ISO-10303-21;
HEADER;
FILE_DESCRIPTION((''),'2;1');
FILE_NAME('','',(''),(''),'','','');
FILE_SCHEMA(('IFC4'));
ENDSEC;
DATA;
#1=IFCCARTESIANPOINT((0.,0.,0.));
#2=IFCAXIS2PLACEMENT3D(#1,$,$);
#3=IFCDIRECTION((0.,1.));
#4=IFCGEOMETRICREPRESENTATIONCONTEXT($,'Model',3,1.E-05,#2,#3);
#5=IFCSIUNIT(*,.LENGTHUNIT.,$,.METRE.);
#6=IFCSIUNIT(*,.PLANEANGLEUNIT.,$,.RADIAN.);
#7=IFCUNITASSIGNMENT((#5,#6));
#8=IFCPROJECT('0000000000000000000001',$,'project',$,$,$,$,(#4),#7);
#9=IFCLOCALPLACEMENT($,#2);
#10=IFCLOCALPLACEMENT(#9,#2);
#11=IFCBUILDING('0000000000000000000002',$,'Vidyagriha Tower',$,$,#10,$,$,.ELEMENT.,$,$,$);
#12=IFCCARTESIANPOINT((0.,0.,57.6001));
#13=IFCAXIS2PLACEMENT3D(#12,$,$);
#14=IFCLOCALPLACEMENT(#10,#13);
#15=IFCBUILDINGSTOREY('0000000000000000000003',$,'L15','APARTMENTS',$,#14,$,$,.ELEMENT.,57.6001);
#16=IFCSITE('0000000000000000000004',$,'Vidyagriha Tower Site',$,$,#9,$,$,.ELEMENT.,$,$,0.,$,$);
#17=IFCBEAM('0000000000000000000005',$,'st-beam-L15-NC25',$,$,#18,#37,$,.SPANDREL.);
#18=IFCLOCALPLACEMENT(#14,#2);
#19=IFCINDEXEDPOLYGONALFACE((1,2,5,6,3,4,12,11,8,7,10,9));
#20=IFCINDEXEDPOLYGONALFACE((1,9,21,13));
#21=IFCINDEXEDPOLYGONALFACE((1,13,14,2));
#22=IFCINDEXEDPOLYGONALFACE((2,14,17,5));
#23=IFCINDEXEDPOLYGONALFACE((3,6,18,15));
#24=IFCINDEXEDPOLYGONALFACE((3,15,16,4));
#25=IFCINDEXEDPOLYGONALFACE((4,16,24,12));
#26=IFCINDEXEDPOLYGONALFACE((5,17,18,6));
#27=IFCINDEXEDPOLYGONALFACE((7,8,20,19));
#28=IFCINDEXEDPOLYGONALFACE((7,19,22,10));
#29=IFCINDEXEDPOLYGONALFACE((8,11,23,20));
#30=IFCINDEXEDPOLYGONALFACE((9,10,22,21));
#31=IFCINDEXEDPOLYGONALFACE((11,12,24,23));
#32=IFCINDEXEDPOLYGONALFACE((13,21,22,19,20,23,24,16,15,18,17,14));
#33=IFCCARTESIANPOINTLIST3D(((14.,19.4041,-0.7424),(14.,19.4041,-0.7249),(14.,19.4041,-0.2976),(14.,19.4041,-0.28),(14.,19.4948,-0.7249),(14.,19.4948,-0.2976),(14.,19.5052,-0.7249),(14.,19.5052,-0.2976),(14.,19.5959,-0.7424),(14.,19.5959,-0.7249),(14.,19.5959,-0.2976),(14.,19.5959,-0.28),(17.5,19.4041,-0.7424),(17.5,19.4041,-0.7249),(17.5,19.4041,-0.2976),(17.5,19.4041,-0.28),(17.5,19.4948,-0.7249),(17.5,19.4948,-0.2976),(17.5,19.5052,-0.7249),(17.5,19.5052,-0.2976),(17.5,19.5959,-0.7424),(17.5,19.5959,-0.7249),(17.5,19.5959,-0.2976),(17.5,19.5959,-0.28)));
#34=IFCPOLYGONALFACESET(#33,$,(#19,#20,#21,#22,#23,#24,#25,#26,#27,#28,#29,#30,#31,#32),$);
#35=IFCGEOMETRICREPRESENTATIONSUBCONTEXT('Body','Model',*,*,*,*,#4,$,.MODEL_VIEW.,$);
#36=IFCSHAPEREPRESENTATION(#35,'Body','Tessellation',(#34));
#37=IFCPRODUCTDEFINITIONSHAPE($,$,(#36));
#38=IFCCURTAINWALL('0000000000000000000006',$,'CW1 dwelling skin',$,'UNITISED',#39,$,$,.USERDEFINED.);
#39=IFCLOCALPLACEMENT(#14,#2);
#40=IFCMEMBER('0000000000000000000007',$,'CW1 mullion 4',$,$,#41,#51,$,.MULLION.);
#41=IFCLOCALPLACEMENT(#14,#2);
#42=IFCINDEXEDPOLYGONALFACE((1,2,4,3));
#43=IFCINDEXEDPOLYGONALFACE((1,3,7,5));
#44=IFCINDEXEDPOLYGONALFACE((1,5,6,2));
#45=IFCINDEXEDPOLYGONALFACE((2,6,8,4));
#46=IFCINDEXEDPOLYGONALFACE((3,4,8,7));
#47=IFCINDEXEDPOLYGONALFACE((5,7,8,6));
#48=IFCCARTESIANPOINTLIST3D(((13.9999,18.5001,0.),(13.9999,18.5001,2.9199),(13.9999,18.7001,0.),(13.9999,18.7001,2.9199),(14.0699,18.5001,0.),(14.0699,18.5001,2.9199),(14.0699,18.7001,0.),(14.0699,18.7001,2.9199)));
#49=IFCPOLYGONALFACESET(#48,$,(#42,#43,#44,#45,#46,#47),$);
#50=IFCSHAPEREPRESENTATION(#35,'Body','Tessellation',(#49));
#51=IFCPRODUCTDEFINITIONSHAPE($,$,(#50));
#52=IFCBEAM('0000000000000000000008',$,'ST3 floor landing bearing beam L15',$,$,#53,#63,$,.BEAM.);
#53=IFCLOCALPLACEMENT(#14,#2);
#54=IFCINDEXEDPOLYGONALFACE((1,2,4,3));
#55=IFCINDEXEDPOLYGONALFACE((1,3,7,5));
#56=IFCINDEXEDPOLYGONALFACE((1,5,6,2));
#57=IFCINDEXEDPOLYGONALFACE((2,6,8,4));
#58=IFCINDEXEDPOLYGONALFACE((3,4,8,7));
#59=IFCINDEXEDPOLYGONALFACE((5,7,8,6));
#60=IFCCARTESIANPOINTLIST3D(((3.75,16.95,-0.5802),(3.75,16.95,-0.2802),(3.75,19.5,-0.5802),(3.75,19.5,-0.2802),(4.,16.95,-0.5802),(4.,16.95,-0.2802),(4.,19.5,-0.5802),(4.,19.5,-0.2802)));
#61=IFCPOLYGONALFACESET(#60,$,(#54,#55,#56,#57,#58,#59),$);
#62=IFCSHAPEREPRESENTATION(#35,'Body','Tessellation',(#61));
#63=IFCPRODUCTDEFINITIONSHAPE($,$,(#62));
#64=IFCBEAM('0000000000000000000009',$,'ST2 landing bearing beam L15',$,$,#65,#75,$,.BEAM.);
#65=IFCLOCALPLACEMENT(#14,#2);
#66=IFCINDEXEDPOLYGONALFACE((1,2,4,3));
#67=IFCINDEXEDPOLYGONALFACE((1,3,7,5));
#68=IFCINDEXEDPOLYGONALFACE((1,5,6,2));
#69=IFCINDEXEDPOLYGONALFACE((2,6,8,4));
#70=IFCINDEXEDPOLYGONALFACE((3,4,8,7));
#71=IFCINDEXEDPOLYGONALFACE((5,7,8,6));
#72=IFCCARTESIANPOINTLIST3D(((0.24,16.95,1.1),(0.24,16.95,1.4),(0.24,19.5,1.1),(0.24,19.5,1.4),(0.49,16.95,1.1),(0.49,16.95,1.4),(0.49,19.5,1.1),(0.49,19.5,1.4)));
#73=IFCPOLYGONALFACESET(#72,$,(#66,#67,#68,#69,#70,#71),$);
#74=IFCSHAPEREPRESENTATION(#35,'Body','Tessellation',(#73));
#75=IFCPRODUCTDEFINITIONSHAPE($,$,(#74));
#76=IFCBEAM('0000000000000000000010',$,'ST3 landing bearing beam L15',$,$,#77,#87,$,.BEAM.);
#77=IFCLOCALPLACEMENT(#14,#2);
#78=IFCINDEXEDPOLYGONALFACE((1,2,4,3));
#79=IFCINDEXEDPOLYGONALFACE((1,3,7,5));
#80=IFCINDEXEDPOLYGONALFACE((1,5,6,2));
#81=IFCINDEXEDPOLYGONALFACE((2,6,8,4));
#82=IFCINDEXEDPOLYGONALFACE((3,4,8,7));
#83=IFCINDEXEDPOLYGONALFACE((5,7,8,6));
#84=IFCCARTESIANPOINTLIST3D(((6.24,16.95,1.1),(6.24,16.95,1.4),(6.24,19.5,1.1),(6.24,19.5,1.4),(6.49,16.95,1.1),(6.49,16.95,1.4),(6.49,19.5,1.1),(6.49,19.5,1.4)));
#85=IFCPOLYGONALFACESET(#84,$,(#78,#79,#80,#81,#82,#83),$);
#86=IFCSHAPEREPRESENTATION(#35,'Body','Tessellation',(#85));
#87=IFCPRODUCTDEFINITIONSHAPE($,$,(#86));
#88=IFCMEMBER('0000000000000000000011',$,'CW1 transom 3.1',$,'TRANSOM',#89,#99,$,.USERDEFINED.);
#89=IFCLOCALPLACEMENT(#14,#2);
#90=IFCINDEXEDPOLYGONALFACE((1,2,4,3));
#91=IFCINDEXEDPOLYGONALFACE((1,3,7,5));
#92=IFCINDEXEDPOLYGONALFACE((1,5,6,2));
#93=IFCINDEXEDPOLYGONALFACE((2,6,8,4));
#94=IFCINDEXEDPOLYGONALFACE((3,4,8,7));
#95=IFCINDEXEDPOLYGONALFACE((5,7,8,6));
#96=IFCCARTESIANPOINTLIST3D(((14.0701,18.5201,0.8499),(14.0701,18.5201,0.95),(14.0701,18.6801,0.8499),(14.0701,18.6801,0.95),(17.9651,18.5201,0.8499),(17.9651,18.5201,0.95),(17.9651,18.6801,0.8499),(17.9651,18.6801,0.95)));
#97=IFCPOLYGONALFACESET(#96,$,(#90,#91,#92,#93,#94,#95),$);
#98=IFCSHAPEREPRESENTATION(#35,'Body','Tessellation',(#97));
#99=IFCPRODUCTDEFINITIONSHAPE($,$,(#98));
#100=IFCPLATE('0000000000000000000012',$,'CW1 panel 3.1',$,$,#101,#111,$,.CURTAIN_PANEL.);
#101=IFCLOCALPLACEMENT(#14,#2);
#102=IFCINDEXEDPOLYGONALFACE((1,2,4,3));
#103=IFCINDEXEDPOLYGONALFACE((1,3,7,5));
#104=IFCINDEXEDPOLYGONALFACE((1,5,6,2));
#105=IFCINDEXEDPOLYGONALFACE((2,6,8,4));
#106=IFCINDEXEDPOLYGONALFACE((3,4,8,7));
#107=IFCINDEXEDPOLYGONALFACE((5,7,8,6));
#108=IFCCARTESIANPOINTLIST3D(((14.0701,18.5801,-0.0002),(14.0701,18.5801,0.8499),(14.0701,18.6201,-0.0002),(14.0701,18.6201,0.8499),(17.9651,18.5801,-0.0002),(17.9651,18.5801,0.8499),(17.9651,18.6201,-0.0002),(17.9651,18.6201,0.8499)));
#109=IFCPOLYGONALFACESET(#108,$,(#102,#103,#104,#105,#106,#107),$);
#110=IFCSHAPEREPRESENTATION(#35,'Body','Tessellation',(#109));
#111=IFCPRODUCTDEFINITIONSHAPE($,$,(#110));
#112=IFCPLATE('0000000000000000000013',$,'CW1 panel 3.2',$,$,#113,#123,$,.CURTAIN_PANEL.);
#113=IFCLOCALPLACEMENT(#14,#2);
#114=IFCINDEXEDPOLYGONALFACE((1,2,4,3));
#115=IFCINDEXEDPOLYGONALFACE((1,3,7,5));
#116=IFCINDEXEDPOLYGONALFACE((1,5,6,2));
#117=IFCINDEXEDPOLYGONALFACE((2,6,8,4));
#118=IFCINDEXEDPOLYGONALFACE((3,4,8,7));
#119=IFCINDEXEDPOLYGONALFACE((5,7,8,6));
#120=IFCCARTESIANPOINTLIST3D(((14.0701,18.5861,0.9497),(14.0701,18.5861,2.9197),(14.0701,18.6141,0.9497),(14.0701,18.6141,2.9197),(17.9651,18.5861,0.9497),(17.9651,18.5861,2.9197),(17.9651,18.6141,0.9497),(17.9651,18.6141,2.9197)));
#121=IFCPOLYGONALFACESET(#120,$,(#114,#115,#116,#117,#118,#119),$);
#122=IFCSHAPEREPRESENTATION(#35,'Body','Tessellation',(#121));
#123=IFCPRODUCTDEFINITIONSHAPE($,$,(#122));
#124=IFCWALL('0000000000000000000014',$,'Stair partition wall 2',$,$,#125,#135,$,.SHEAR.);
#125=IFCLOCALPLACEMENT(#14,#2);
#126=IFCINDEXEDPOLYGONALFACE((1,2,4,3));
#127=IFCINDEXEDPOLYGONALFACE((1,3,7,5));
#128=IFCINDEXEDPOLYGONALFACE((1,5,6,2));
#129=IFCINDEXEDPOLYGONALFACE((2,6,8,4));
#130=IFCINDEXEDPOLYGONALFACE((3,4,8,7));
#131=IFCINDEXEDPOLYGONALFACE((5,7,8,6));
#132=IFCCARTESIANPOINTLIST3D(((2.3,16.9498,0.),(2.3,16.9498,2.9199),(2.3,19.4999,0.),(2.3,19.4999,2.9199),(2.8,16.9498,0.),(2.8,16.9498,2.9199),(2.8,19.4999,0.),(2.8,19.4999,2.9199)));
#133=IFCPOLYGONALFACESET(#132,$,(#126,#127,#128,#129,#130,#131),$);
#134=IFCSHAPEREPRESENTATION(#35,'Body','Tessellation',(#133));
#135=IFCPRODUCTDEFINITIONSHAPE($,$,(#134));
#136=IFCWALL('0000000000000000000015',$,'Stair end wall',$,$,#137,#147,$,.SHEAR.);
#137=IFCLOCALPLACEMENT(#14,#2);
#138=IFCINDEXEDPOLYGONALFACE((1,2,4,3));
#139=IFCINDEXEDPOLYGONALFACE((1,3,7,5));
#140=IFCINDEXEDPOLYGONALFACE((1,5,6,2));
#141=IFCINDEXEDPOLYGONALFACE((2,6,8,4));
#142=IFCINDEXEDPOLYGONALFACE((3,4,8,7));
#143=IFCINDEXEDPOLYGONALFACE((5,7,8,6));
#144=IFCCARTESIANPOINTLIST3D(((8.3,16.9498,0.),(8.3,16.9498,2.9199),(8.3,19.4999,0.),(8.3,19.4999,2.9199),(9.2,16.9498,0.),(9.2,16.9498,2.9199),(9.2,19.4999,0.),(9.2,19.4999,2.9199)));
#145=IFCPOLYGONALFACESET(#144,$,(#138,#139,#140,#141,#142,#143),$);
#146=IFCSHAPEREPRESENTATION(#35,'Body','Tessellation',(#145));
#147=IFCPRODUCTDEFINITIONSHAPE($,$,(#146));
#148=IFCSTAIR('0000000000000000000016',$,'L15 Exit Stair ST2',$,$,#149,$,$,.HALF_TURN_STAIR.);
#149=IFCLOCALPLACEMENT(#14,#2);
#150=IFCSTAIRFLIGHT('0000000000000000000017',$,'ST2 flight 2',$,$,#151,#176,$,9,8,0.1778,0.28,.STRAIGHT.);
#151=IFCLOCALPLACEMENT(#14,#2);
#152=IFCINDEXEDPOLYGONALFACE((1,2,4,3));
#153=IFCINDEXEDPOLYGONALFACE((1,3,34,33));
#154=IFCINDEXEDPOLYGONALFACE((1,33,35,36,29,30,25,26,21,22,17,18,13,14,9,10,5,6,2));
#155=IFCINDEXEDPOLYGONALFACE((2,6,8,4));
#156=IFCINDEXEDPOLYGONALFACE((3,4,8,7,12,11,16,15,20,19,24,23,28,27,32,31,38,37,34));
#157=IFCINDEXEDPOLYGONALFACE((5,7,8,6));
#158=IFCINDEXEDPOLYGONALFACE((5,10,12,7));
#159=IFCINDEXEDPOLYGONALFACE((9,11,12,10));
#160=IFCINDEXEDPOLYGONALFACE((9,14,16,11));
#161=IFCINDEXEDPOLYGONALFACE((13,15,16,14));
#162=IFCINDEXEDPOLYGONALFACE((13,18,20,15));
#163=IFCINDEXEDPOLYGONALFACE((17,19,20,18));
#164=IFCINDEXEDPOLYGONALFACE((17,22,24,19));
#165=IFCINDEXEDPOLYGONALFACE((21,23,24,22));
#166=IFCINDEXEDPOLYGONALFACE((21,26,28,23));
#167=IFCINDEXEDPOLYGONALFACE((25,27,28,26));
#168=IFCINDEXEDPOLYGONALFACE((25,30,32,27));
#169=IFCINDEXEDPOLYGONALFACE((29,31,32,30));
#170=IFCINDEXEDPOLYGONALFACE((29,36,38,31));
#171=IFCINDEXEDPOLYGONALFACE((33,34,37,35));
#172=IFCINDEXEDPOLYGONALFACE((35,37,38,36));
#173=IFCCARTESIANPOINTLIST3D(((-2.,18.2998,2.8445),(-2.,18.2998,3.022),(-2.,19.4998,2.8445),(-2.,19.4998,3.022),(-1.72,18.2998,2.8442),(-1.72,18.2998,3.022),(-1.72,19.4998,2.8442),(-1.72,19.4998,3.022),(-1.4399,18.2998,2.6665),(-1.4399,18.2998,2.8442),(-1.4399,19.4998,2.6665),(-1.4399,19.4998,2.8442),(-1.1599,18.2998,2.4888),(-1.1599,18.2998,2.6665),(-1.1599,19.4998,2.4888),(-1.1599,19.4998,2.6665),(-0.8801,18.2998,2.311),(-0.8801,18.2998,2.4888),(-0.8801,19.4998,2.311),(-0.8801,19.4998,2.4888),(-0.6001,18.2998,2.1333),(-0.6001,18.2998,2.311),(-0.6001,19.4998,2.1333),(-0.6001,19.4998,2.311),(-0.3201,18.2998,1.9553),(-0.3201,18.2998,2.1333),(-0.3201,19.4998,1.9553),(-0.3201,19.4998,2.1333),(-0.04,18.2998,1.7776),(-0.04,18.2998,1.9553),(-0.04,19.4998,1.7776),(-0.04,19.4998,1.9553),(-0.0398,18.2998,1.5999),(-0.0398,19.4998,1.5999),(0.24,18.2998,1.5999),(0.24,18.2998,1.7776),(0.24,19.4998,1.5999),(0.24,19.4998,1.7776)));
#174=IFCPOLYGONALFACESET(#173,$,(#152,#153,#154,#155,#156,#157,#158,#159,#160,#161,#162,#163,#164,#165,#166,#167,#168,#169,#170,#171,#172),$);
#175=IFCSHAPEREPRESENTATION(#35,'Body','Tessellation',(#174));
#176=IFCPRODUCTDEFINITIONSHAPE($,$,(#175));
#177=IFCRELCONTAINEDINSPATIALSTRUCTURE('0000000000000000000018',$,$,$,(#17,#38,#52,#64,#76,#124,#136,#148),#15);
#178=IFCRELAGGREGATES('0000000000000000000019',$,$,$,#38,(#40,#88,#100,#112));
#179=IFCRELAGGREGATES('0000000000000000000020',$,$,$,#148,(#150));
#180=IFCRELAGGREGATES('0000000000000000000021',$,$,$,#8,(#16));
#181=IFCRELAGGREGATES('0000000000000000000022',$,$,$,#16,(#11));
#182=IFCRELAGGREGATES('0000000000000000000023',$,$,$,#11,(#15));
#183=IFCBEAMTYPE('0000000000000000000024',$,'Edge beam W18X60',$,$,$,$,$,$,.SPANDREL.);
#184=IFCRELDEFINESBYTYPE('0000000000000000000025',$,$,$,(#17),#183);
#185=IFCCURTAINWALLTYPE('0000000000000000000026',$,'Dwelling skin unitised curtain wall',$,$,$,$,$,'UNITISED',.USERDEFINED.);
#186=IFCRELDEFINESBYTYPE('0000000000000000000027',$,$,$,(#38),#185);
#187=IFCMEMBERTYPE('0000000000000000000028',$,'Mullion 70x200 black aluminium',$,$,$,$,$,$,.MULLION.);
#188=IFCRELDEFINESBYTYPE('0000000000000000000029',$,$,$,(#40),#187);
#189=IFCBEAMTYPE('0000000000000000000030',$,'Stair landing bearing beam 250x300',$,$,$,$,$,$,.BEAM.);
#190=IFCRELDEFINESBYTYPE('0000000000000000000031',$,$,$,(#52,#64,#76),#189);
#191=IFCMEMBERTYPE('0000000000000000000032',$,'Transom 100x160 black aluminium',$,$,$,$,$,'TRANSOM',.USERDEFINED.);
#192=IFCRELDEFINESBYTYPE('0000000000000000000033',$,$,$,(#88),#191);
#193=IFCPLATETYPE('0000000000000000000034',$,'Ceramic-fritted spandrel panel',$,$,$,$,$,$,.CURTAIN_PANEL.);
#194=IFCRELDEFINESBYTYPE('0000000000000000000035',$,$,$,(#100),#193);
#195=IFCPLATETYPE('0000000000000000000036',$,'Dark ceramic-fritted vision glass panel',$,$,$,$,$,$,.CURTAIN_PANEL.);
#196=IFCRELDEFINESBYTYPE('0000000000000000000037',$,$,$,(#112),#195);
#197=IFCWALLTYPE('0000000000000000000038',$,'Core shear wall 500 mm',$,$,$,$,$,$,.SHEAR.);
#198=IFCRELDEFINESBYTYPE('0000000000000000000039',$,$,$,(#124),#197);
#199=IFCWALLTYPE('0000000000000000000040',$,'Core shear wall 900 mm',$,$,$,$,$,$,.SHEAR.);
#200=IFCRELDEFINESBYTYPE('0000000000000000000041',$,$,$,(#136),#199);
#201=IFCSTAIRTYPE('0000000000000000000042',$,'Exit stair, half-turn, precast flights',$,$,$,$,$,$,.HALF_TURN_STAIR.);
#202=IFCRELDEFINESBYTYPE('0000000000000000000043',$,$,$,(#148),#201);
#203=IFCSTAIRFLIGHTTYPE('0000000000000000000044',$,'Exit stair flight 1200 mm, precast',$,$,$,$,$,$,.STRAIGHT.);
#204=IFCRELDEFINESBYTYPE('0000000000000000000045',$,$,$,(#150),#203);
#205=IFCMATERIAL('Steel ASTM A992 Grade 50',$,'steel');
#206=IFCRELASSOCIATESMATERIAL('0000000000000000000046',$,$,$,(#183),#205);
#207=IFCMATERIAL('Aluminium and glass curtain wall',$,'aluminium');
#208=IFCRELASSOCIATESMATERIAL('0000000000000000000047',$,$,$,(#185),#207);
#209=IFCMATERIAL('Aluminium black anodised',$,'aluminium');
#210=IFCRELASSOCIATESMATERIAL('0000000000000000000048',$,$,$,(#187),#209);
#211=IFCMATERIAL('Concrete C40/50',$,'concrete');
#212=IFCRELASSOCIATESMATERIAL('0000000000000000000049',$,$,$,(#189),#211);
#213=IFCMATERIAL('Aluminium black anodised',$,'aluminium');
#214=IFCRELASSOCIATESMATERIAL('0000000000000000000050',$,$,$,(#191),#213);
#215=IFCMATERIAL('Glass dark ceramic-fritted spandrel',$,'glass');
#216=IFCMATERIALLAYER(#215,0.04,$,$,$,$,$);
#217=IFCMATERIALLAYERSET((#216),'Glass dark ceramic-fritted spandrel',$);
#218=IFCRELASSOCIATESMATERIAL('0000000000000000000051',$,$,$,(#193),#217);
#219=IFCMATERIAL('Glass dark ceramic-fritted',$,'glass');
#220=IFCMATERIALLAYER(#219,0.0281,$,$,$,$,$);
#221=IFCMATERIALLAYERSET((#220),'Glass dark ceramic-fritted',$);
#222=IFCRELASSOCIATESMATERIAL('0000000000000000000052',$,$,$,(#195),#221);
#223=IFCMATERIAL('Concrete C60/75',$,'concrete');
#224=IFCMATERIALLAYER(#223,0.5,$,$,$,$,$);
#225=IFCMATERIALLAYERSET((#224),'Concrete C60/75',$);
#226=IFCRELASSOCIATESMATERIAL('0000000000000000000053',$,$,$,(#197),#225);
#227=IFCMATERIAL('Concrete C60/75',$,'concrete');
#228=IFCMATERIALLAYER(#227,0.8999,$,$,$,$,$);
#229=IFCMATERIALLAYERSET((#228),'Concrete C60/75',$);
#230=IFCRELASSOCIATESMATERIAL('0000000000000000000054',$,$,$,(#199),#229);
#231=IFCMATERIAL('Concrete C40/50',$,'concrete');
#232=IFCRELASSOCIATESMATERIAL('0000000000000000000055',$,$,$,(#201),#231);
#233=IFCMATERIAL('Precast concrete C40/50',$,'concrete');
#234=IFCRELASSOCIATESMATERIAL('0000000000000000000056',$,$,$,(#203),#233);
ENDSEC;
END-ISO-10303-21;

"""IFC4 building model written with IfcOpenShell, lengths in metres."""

from ifc_helpers import new_model, si_unit, direction, frame, frame_2d, origin, origin_2d, place, context, subcontext, project, spatial, polyline, rectangle, i_section, outline, extrude, material, layer, layer_set, material_profile, profile_set, type_object, element, aggregate, save


model = new_model("IFC4")

# Units and contexts
model_context = context("Model", 3, precision=1e-05, world=origin(), true_north=direction((0.0, 1.0)))
body_context = subcontext(model_context, "Body", "Model", "MODEL_VIEW")
ifc_project = project(units=[si_unit("LENGTHUNIT", "METRE"), si_unit("PLANEANGLEUNIT", "RADIAN")], contexts=[model_context])

# Site, building, storey
site_placement = place(None, origin())
site = spatial("IfcSite", under=ifc_project, at=site_placement, Name="Vidyagriha Tower Site", CompositionType="ELEMENT", RefElevation=0.0)
building_placement = place(site_placement, origin())
building = spatial("IfcBuilding", under=site, at=building_placement, Name="Vidyagriha Tower", CompositionType="ELEMENT")
storey_placement = place(building_placement, frame((0.0, 0.0, 57.6001)))
storey = spatial("IfcBuildingStorey", under=building, at=storey_placement, Name="L15", Description="APARTMENTS", CompositionType="ELEMENT", Elevation=57.6001)

# Beam
ifc_material_1 = material(Name="Steel ASTM A992 Grade 50", Category="steel")
ifc_material_profile_1 = material_profile(ifc_material_1, i_section(OverallWidth=0.1919, OverallDepth=0.4624, WebThickness=0.0105, FlangeThickness=0.0176, at=origin_2d()), Name="W18X60")
ifc_profile_set_1 = profile_set([ifc_material_profile_1], Name="Steel ASTM A992 Grade 50")
beam_type_1 = type_object("IfcBeamType", Name="Edge beam W18X60", PredefinedType="SPANDREL", material=ifc_profile_set_1)
beam_placement = place(storey_placement, frame((14.0, 19.5, -0.5112), z_axis=(1.0, 0.0, 0.0), x_axis=(0.0, 1.0, 0.0)))
element("IfcBeam", 1, at=beam_placement, inside=storey, type_object=beam_type_1, Name="st-beam-L15-NC25", PredefinedType="SPANDREL", context=body_context, shape_type="SweptSolid", body=[
    extrude(i_section(OverallWidth=0.1919, OverallDepth=0.4624, WebThickness=0.0105, FlangeThickness=0.0176, at=origin_2d()), origin(), (0.0, 0.0, 1.0), 3.5),
])

# Curtain wall, member
ifc_material_2 = material(Name="Aluminium and glass curtain wall", Category="aluminium")
curtain_wall_type = type_object("IfcCurtainWallType", Name="Dwelling skin unitised curtain wall", ElementType="UNITISED", PredefinedType="USERDEFINED", material=ifc_material_2)
curtain_wall_placement = place(storey_placement, origin())
curtain_wall = element("IfcCurtainWall", 2, at=curtain_wall_placement, inside=storey, type_object=curtain_wall_type, Name="CW1 dwelling skin", ObjectType="UNITISED", PredefinedType="USERDEFINED")
ifc_material_3 = material(Name="Aluminium black anodised", Category="aluminium")
ifc_material_profile_2 = material_profile(ifc_material_3, rectangle(XDim=0.2, YDim=0.0701, at=origin_2d()), Name="Mullion 70x200 black aluminium")
ifc_profile_set_2 = profile_set([ifc_material_profile_2], Name="Aluminium black anodised")
member_type_1 = type_object("IfcMemberType", Name="Mullion 70x200 black aluminium", PredefinedType="MULLION", material=ifc_profile_set_2)
member_1_placement = place(storey_placement, frame((14.0349, 18.6001, 0.0), z_axis=(0.0, 0.0, 1.0), x_axis=(0.0, -1.0, 0.0)))
member_1 = element("IfcMember", 3, at=member_1_placement, type_object=member_type_1, Name="CW1 mullion 4", PredefinedType="MULLION", context=body_context, shape_type="SweptSolid", body=[
    extrude(rectangle(XDim=0.2, YDim=0.0701, at=origin_2d()), origin(), (0.0, 0.0, 1.0), 2.9199),
])

# Beams
ifc_material_4 = material(Name="Concrete C40/50", Category="concrete")
ifc_material_profile_3 = material_profile(ifc_material_4, rectangle(XDim=0.25, YDim=0.3, at=origin_2d()), Name="Stair landing bearing beam 250x300")
ifc_profile_set_3 = profile_set([ifc_material_profile_3], Name="Concrete C40/50")
beam_type_2 = type_object("IfcBeamType", Name="Stair landing bearing beam 250x300", PredefinedType="BEAM", material=ifc_profile_set_3)
for number, where, z_axis, x_axis, name in (
    (4, (3.875, 16.95, -0.4302), (0.0, 1.0, 0.0), (-1.0, 0.0, 0.0), "ST3 floor landing bearing beam L15"),
    (5, (0.365, 16.95, 1.25), (0.0, 1.0, 0.0), (-1.0, 0.0, 0.0), "ST2 landing bearing beam L15"),
    (6, (6.365, 16.95, 1.25), (0.0, 1.0, 0.0), (-1.0, 0.0, 0.0), "ST3 landing bearing beam L15"),
):
    element("IfcBeam", number, at=place(storey_placement, frame(where, z_axis=z_axis, x_axis=x_axis)), inside=storey, type_object=beam_type_2, Name=name, PredefinedType="BEAM", context=body_context, shape_type="SweptSolid", body=[
        extrude(rectangle(XDim=0.25, YDim=0.3, at=origin_2d()), origin(), (0.0, 0.0, 1.0), 2.55),
    ])

# Member
ifc_material_5 = material(Name="Aluminium black anodised", Category="aluminium")
ifc_material_profile_4 = material_profile(ifc_material_5, rectangle(XDim=0.1599, YDim=0.1001, at=origin_2d()), Name="Transom 100x160 black aluminium")
ifc_profile_set_4 = profile_set([ifc_material_profile_4], Name="Aluminium black anodised")
member_type_2 = type_object("IfcMemberType", Name="Transom 100x160 black aluminium", ElementType="TRANSOM", PredefinedType="USERDEFINED", material=ifc_profile_set_4)
member_2_placement = place(storey_placement, frame((17.9651, 18.6001, 0.8999), z_axis=(-1.0, 0.0, 0.0), x_axis=(0.0, -1.0, 0.0)))
member_2 = element("IfcMember", 7, at=member_2_placement, type_object=member_type_2, Name="CW1 transom 3.1", ObjectType="TRANSOM", PredefinedType="USERDEFINED", context=body_context, shape_type="SweptSolid", body=[
    extrude(rectangle(XDim=0.1599, YDim=0.1001, at=origin_2d()), origin(), (0.0, 0.0, 1.0), 3.895),
])

# Plates
ifc_material_6 = material(Name="Glass dark ceramic-fritted spandrel", Category="glass")
ifc_layer_1 = layer(ifc_material_6, 0.04)
ifc_layer_set_1 = layer_set([ifc_layer_1], Name="Glass dark ceramic-fritted spandrel")
plate_type_1 = type_object("IfcPlateType", Name="Ceramic-fritted spandrel panel", PredefinedType="CURTAIN_PANEL", material=ifc_layer_set_1)
plate_1_placement = place(storey_placement, frame((16.0176, 18.6001, -0.0002), z_axis=(0.0, 0.0, 1.0), x_axis=(-1.0, 0.0, 0.0)))
plate_1 = element("IfcPlate", 8, at=plate_1_placement, type_object=plate_type_1, Name="CW1 panel 3.1", PredefinedType="CURTAIN_PANEL", context=body_context, shape_type="SweptSolid", body=[
    extrude(rectangle(XDim=3.895, YDim=0.04, at=origin_2d()), origin(), (0.0, 0.0, 1.0), 0.8501),
])
ifc_material_7 = material(Name="Glass dark ceramic-fritted", Category="glass")
ifc_layer_2 = layer(ifc_material_7, 0.0281)
ifc_layer_set_2 = layer_set([ifc_layer_2], Name="Glass dark ceramic-fritted")
plate_type_2 = type_object("IfcPlateType", Name="Dark ceramic-fritted vision glass panel", PredefinedType="CURTAIN_PANEL", material=ifc_layer_set_2)
plate_2_placement = place(storey_placement, frame((16.0176, 18.6001, 0.9497), z_axis=(0.0, 0.0, 1.0), x_axis=(-1.0, 0.0, 0.0)))
plate_2 = element("IfcPlate", 9, at=plate_2_placement, type_object=plate_type_2, Name="CW1 panel 3.2", PredefinedType="CURTAIN_PANEL", context=body_context, shape_type="SweptSolid", body=[
    extrude(rectangle(XDim=3.895, YDim=0.0281, at=origin_2d()), origin(), (0.0, 0.0, 1.0), 1.97),
])
aggregate(curtain_wall, [member_1, member_2, plate_1, plate_2])

# Walls
ifc_material_8 = material(Name="Concrete C60/75", Category="concrete")
ifc_layer_3 = layer(ifc_material_8, 0.5)
ifc_layer_set_3 = layer_set([ifc_layer_3], Name="Concrete C60/75")
wall_type_1 = type_object("IfcWallType", Name="Core shear wall 500 mm", PredefinedType="SHEAR", material=ifc_layer_set_3)
wall_1_placement = place(storey_placement, frame((2.55, 16.95, 0.0), z_axis=(0.0, 0.0, 1.0), x_axis=(0.0, 1.0, 0.0)))
element("IfcWall", 10, at=wall_1_placement, inside=storey, type_object=wall_type_1, Name="Stair partition wall 2", PredefinedType="SHEAR", context=body_context, shape_type="SweptSolid", body=[
    extrude(rectangle(XDim=2.55, YDim=0.5, at=frame_2d((1.2749, 0.0))), origin(), (0.0, 0.0, 1.0), 2.9199),
])
ifc_material_9 = material(Name="Concrete C60/75", Category="concrete")
ifc_layer_4 = layer(ifc_material_9, 0.8999)
ifc_layer_set_4 = layer_set([ifc_layer_4], Name="Concrete C60/75")
wall_type_2 = type_object("IfcWallType", Name="Core shear wall 900 mm", PredefinedType="SHEAR", material=ifc_layer_set_4)
wall_2_placement = place(storey_placement, frame((8.75, 16.95, 0.0), z_axis=(0.0, 0.0, 1.0), x_axis=(0.0, 1.0, 0.0)))
element("IfcWall", 11, at=wall_2_placement, inside=storey, type_object=wall_type_2, Name="Stair end wall", PredefinedType="SHEAR", context=body_context, shape_type="SweptSolid", body=[
    extrude(rectangle(XDim=2.55, YDim=0.8999, at=frame_2d((1.2749, 0.0))), origin(), (0.0, 0.0, 1.0), 2.9199),
])

# Stair, stair flight
ifc_material_10 = material(Name="Concrete C40/50", Category="concrete")
stair_type = type_object("IfcStairType", Name="Exit stair, half-turn, precast flights", PredefinedType="HALF_TURN_STAIR", material=ifc_material_10)
stair_1_placement = place(storey_placement, origin())
stair_1 = element("IfcStair", 12, at=stair_1_placement, inside=storey, type_object=stair_type, Name="L15 Exit Stair ST2", PredefinedType="HALF_TURN_STAIR")
ifc_material_11 = material(Name="Precast concrete C40/50", Category="concrete")
stair_flight_type = type_object("IfcStairFlightType", Name="Exit stair flight 1200 mm, precast", PredefinedType="STRAIGHT", material=ifc_material_11)
stair_flight_1_placement = place(storey_placement, frame((0.24, 18.8999, 1.5999), z_axis=(0.0, 0.0, 1.0), x_axis=(-1.0, 0.0, 0.0)))
stair_flight_1 = element("IfcStairFlight", 13, at=stair_flight_1_placement, type_object=stair_flight_type, Name="ST2 flight 2", NumberOfRisers=9, NumberOfTreads=8, PredefinedType="STRAIGHT", RiserHeight=0.1778, TreadLength=0.28, context=body_context, shape_type="SweptSolid", body=[
    extrude(outline(polyline([(0.0, 0.0), (0.0, 0.1777), (0.28, 0.1777), (0.28, 0.3555), (0.5601, 0.3555), (0.5601, 0.5334), (0.8401, 0.5334), (0.8401, 0.7112), (1.1201, 0.7112), (1.1201, 0.8889), (1.3999, 0.8889), (1.3999, 1.0667), (1.6799, 1.0667), (1.6799, 1.2444), (1.96, 1.2444), (1.96, 1.4221), (2.24, 1.4221), (2.24, 1.6001), (2.24, 1.2446), (0.2798, 0.0), (0.0, 0.0)])), frame((0.0, 0.6001, 0.0), z_axis=(0.0, -1.0, 0.0), x_axis=(1.0, 0.0, 0.0)), (0.0, 0.0, 1.0), 1.2),
])
aggregate(stair_1, [stair_flight_1])

save(model, "model.ifc")
